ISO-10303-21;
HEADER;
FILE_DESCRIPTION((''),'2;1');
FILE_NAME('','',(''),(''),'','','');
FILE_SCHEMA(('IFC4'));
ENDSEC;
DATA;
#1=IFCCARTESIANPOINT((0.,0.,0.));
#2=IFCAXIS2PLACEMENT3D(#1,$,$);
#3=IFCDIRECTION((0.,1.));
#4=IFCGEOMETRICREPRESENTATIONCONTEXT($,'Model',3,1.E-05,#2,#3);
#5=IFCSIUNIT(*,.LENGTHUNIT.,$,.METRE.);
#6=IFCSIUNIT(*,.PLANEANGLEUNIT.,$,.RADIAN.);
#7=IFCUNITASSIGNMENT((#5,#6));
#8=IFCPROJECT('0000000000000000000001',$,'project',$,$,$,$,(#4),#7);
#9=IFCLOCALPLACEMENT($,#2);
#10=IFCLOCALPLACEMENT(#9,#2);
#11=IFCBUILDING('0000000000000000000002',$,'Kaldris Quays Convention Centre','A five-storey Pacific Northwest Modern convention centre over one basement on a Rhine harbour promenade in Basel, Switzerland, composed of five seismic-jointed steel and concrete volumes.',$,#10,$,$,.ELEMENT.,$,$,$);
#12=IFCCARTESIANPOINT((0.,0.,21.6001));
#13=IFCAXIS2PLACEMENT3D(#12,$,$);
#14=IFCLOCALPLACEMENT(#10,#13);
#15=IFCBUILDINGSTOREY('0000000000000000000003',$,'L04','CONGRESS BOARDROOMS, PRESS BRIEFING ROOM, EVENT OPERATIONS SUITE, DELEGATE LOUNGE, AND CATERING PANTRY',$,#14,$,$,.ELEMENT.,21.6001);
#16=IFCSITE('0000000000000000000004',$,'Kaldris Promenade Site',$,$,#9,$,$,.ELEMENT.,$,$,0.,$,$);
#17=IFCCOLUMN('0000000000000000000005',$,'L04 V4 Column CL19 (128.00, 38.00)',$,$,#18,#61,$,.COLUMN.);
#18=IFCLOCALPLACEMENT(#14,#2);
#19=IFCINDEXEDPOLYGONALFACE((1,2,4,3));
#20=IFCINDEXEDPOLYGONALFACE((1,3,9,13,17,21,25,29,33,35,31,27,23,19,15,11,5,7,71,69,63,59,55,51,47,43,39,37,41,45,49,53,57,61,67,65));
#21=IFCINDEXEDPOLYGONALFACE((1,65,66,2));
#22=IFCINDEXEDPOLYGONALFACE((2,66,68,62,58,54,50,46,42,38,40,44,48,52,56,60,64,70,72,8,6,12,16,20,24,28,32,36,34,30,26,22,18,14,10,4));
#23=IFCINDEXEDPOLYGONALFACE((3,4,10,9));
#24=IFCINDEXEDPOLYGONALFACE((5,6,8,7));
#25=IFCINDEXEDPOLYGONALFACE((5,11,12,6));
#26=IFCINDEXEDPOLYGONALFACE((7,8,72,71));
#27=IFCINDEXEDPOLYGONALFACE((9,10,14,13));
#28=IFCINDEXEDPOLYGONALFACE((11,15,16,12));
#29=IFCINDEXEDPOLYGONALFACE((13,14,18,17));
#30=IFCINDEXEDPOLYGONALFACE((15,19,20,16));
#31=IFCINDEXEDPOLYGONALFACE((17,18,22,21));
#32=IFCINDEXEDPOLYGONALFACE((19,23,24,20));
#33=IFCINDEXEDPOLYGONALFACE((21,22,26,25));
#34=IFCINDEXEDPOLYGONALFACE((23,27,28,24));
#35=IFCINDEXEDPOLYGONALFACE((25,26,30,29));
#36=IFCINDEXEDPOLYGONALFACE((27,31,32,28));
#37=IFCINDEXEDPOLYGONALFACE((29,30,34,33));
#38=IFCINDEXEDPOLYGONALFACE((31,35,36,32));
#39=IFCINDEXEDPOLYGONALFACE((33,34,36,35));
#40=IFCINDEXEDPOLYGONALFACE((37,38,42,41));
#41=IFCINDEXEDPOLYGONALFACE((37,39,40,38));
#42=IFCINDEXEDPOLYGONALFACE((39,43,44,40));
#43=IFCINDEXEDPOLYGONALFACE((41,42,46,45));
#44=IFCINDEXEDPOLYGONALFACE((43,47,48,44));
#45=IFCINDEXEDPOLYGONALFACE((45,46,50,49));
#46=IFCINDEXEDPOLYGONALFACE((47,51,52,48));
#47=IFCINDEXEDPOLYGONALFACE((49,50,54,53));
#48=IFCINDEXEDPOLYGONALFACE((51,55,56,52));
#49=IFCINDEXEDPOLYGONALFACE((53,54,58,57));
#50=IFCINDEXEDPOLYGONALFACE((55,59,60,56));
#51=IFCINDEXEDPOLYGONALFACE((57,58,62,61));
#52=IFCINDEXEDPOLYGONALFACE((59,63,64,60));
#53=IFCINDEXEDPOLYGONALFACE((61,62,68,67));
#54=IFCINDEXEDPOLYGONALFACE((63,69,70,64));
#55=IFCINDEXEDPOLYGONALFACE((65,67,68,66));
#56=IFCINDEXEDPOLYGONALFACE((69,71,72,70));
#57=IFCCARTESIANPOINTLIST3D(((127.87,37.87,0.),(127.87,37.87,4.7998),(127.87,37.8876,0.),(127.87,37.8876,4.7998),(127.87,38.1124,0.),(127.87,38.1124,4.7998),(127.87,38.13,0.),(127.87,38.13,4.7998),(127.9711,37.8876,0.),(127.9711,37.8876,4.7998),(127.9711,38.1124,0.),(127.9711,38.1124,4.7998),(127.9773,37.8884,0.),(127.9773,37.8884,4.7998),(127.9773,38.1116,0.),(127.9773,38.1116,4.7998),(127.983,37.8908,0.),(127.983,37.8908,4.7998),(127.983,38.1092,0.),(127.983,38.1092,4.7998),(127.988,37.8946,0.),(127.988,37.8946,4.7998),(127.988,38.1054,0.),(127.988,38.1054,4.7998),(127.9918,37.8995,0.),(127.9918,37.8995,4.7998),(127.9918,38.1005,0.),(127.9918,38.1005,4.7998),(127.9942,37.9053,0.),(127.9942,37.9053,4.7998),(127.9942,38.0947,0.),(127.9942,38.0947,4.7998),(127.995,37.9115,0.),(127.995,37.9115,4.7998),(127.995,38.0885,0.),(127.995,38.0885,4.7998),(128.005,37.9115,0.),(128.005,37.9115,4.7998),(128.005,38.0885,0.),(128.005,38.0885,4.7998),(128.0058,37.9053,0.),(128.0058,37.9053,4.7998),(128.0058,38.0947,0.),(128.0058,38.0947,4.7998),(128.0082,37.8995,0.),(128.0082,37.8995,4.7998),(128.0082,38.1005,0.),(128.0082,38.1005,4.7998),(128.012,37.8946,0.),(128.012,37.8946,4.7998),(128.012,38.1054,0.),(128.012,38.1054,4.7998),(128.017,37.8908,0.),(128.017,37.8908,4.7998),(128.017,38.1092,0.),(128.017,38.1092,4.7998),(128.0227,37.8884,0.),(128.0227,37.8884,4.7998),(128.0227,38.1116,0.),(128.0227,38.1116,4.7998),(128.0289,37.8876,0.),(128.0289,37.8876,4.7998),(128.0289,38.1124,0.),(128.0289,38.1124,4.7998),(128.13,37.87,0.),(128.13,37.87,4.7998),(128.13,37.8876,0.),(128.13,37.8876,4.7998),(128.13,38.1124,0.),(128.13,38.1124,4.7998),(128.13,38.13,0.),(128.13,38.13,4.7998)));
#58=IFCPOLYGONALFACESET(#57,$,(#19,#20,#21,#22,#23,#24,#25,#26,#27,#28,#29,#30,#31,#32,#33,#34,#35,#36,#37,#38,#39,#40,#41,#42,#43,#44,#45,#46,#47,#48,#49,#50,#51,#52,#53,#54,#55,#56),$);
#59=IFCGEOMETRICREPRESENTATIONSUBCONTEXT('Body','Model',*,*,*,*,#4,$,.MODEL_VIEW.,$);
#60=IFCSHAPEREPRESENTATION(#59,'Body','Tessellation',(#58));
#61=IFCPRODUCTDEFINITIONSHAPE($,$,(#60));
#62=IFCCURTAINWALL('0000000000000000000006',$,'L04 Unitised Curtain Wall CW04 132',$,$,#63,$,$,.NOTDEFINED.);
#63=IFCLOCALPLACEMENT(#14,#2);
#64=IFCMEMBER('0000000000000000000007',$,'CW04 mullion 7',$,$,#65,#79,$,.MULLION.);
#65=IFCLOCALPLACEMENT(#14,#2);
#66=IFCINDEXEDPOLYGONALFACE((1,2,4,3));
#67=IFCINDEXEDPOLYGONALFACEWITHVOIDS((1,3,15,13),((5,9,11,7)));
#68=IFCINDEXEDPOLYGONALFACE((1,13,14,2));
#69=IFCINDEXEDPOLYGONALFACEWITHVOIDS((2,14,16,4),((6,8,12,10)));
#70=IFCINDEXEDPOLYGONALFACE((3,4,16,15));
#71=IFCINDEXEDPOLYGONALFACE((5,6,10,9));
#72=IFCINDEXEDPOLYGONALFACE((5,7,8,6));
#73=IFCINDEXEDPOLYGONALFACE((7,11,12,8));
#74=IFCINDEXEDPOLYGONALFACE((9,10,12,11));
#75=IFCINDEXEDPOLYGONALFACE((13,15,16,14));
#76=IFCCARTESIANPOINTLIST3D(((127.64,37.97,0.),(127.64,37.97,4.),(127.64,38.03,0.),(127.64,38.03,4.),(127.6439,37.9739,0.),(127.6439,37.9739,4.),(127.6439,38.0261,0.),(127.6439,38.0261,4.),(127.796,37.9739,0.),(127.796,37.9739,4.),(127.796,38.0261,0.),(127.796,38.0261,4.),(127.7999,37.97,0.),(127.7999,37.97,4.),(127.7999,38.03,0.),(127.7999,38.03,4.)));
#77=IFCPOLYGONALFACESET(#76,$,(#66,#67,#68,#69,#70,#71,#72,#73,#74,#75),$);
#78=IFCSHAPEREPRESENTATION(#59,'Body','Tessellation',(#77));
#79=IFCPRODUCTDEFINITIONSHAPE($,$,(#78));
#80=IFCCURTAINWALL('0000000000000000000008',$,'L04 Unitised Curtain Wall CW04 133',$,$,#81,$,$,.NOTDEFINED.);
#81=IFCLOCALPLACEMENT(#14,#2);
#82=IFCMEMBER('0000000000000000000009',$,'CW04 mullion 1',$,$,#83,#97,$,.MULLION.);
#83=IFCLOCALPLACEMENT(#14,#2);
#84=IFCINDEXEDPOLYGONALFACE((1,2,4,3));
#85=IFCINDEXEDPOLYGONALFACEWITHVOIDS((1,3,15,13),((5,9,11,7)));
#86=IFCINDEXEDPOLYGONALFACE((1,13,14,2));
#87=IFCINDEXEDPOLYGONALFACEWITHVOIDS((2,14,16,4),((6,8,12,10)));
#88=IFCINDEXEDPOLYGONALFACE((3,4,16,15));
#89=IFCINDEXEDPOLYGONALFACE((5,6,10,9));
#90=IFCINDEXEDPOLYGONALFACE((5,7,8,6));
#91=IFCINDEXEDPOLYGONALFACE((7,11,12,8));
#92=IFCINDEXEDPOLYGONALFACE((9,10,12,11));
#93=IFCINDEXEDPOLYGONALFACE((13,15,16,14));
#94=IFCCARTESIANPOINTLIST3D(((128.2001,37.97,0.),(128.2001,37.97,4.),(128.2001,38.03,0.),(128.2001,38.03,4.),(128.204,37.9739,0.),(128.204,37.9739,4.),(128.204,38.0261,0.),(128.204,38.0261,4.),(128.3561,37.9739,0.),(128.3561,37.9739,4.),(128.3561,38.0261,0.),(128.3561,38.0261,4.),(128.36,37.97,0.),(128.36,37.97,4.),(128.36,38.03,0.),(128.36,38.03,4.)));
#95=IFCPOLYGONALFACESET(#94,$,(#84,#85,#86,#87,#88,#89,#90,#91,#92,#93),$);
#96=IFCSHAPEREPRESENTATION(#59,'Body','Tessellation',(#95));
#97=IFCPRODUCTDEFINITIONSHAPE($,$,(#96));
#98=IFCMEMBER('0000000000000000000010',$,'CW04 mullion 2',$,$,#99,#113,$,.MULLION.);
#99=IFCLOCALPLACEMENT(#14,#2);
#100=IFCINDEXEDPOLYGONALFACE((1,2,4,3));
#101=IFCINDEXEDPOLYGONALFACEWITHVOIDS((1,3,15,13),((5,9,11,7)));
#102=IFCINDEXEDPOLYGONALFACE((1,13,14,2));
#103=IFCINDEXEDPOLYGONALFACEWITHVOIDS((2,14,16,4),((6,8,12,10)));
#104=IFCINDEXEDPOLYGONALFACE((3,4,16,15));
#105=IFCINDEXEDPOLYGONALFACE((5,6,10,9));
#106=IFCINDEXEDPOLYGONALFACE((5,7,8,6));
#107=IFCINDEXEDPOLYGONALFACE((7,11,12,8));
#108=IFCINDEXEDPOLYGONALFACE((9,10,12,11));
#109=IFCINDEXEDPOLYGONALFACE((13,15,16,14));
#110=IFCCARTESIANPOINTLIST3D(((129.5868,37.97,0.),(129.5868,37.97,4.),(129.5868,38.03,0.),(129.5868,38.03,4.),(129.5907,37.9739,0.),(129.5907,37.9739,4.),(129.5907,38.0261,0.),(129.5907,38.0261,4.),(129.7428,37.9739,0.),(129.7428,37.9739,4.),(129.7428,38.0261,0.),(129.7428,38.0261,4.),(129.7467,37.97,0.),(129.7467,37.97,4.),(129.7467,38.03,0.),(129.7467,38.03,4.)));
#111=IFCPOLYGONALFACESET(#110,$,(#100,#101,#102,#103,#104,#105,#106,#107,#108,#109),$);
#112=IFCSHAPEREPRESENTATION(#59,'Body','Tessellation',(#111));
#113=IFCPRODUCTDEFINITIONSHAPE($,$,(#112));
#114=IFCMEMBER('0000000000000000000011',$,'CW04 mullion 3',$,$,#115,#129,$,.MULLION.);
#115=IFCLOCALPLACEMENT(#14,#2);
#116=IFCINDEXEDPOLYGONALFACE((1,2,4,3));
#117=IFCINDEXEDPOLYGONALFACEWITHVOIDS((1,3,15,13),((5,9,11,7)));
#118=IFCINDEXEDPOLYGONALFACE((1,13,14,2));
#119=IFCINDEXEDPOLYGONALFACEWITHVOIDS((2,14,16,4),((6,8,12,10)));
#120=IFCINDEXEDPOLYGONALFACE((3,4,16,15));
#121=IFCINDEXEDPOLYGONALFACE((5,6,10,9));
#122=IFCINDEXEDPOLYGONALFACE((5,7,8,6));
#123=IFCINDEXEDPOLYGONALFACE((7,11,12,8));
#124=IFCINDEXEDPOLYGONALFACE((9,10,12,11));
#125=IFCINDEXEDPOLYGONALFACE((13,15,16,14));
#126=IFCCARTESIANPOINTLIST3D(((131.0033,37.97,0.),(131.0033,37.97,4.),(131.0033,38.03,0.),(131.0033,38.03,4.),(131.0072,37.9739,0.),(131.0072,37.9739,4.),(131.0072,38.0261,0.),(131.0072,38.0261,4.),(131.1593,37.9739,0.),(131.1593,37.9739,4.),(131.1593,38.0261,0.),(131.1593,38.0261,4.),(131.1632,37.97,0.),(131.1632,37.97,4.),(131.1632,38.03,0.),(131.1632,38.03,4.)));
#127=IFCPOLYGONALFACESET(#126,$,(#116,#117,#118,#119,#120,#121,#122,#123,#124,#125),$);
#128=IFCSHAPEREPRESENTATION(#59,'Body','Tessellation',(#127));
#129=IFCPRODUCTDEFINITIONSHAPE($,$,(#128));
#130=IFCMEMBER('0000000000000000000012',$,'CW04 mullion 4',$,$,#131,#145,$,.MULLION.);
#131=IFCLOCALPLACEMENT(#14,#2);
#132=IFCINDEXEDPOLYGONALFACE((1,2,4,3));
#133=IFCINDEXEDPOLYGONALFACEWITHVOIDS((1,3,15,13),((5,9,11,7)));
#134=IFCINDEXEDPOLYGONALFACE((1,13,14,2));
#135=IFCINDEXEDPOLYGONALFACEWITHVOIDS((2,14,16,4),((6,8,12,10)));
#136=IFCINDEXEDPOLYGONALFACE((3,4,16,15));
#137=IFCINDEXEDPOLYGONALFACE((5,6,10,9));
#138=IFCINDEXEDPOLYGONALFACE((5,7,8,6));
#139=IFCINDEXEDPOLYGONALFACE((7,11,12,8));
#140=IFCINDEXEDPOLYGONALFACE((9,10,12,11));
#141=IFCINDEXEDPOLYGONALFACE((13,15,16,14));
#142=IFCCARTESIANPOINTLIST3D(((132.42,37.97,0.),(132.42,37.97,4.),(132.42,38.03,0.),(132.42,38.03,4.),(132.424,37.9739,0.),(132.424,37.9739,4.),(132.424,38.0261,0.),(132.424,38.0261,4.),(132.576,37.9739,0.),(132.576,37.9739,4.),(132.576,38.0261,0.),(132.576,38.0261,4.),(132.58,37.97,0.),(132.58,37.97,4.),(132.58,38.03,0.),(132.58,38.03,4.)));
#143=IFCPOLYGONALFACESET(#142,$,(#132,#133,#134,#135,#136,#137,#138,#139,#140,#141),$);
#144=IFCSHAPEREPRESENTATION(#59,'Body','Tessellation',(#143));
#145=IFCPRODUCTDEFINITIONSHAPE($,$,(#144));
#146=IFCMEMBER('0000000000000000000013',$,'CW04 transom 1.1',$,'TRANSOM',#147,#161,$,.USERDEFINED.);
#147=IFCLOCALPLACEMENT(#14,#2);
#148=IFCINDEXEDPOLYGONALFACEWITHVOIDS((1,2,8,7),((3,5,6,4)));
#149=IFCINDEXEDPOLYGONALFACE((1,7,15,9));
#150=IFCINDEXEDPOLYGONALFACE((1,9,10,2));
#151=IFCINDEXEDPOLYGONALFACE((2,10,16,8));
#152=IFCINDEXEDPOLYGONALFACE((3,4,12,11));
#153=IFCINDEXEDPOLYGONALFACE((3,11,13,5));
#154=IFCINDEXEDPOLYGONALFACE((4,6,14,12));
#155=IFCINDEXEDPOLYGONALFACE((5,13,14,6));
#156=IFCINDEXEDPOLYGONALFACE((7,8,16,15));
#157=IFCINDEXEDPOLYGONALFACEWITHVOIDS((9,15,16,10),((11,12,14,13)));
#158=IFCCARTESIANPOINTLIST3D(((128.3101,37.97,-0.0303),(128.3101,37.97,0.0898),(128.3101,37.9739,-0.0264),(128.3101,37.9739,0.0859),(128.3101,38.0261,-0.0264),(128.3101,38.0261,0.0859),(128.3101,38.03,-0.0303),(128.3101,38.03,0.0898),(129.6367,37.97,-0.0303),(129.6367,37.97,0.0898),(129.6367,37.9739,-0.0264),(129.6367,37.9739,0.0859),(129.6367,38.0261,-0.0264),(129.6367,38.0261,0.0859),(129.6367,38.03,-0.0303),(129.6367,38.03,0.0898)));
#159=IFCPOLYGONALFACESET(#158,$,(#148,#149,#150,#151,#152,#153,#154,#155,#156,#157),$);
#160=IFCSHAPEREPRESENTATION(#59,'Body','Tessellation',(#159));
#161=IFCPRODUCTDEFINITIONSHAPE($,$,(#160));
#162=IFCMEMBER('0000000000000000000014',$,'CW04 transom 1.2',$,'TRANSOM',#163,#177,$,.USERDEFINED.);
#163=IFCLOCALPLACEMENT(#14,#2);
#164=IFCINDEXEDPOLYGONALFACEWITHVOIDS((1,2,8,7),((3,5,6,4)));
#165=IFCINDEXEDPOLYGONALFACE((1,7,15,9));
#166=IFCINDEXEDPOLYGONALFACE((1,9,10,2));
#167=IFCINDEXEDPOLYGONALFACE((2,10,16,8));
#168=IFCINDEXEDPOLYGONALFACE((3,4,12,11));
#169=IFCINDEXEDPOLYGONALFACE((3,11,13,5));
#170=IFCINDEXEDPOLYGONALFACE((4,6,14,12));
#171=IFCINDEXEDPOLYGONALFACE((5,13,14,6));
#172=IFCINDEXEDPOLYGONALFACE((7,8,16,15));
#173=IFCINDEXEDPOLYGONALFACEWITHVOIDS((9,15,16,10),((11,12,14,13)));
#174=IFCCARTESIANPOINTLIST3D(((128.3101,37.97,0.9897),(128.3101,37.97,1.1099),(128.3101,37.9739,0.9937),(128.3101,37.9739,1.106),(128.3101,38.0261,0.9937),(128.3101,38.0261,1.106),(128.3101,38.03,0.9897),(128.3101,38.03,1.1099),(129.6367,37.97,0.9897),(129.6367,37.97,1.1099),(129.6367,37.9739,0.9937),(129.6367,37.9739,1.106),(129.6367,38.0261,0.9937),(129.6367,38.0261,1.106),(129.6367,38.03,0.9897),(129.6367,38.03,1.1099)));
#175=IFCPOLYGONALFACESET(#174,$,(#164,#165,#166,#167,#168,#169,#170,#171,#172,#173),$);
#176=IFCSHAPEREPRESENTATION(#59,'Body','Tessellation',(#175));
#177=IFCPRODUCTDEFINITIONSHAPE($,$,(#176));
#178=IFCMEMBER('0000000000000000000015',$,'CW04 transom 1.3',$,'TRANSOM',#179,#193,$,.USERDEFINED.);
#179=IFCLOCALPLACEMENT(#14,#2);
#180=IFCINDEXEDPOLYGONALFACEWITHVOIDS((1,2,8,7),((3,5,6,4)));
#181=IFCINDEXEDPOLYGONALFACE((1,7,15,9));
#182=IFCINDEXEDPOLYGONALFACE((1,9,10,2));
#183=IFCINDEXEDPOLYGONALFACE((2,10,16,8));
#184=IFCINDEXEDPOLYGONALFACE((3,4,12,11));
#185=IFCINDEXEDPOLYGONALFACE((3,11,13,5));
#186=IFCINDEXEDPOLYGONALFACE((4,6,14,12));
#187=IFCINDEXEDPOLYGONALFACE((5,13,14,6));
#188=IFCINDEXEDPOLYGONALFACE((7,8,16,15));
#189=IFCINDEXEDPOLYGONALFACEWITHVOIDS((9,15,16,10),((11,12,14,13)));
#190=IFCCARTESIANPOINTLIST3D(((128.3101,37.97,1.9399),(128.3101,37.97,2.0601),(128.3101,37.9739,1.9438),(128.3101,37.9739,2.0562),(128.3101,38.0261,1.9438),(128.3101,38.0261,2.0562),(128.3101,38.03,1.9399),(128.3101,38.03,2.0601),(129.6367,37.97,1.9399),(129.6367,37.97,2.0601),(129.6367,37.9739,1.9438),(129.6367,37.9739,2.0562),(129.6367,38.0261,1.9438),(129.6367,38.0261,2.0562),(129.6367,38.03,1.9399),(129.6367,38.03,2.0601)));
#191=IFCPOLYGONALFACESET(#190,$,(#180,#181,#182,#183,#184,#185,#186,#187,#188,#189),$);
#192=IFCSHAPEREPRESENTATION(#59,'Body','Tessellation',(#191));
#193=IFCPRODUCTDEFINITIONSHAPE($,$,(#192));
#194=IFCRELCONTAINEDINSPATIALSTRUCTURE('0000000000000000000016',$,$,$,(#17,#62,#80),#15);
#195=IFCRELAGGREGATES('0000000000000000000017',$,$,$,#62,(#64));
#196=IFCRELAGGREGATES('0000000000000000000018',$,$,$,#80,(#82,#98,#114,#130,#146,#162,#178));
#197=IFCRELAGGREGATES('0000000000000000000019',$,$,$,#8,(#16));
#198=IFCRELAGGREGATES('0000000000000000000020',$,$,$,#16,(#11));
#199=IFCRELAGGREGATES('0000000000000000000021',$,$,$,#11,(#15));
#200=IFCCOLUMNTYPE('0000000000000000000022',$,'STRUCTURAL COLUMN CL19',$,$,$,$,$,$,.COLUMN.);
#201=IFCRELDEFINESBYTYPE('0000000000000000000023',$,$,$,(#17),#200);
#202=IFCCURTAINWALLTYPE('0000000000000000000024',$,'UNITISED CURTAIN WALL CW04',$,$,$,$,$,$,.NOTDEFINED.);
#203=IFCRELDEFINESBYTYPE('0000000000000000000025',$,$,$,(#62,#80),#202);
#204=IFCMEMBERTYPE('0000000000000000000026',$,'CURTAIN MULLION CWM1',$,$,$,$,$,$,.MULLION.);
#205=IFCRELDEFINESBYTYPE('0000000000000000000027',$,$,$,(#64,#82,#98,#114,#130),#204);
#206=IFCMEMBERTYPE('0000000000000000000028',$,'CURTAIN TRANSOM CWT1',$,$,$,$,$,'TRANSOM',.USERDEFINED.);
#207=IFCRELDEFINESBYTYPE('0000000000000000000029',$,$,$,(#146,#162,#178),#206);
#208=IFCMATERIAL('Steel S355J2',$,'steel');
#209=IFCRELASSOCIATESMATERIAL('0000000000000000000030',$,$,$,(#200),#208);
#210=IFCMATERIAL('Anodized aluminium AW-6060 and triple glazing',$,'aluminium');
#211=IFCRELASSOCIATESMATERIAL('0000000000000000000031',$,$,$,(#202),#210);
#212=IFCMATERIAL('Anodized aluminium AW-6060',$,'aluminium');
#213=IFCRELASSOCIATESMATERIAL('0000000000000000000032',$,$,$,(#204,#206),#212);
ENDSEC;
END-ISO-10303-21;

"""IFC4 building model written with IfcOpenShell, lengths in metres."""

from ifc_helpers import new_model, si_unit, direction, frame, origin, origin_2d, place, context, subcontext, project, spatial, hollow_rectangle, i_section, extrude, material, material_profile, profile_set, type_object, element, aggregate, save


model = new_model("IFC4")

# Units and contexts
model_context = context("Model", 3, precision=1e-05, world=origin(), true_north=direction((0.0, 1.0)))
body_context = subcontext(model_context, "Body", "Model", "MODEL_VIEW")
ifc_project = project(units=[si_unit("LENGTHUNIT", "METRE"), si_unit("PLANEANGLEUNIT", "RADIAN")], contexts=[model_context])

# Site, building, storey
site_placement = place(None, origin())
site = spatial("IfcSite", under=ifc_project, at=site_placement, Name="Kaldris Promenade Site", CompositionType="ELEMENT", RefElevation=0.0)
building_placement = place(site_placement, origin())
building = spatial("IfcBuilding", under=site, at=building_placement, Name="Kaldris Quays Convention Centre", Description="A five-storey Pacific Northwest Modern convention centre over one basement on a Rhine harbour promenade in Basel, Switzerland, composed of five seismic-jointed steel and concrete volumes.", CompositionType="ELEMENT")
storey_placement = place(building_placement, frame((0.0, 0.0, 21.6001)))
storey = spatial("IfcBuildingStorey", under=building, at=storey_placement, Name="L04", Description="CONGRESS BOARDROOMS, PRESS BRIEFING ROOM, EVENT OPERATIONS SUITE, DELEGATE LOUNGE, AND CATERING PANTRY", CompositionType="ELEMENT", Elevation=21.6001)

# Column
ifc_material_1 = material(Name="Steel S355J2", Category="steel")
ifc_material_profile_1 = material_profile(ifc_material_1, i_section(OverallWidth=0.26, OverallDepth=0.26, WebThickness=0.01, FlangeThickness=0.0176, FilletRadius=0.0239, at=origin_2d()), Name="HEB 260")
ifc_profile_set_1 = profile_set([ifc_material_profile_1], Name="Steel S355J2")
column_type = type_object("IfcColumnType", Name="STRUCTURAL COLUMN CL19", PredefinedType="COLUMN", material=ifc_profile_set_1)
column_placement = place(storey_placement, frame((128.0, 38.0, 0.0), z_axis=(0.0, 0.0, 1.0), x_axis=(1.0, 0.0, 0.0)))
element("IfcColumn", 1, at=column_placement, inside=storey, type_object=column_type, Name="L04 V4 Column CL19 (128.00, 38.00)", PredefinedType="COLUMN", context=body_context, shape_type="SweptSolid", body=[
    extrude(i_section(OverallWidth=0.26, OverallDepth=0.26, WebThickness=0.01, FlangeThickness=0.0176, FilletRadius=0.0239, at=origin_2d()), origin(), (0.0, 0.0, 1.0), 4.7998),
])

# Curtain wall, member
ifc_material_2 = material(Name="Anodized aluminium AW-6060 and triple glazing", Category="aluminium")
curtain_wall_type = type_object("IfcCurtainWallType", Name="UNITISED CURTAIN WALL CW04", PredefinedType="NOTDEFINED", material=ifc_material_2)
curtain_wall_1_placement = place(storey_placement, origin())
curtain_wall_1 = element("IfcCurtainWall", 2, at=curtain_wall_1_placement, inside=storey, type_object=curtain_wall_type, Name="L04 Unitised Curtain Wall CW04 132", PredefinedType="NOTDEFINED")
ifc_material_3 = material(Name="Anodized aluminium AW-6060", Category="aluminium")
ifc_material_profile_2 = material_profile(ifc_material_3, hollow_rectangle(XDim=0.0601, YDim=0.1599, WallThickness=0.0039, at=origin_2d()), Name="RHS 160x60x4")
ifc_profile_set_2 = profile_set([ifc_material_profile_2], Name="Anodized aluminium AW-6060")
member_type_1 = type_object("IfcMemberType", Name="CURTAIN MULLION CWM1", PredefinedType="MULLION", material=ifc_profile_set_2)
member_1_placement = place(storey_placement, frame((127.72, 38.0, 0.0), z_axis=(0.0, 0.0, 1.0), x_axis=(0.0, 1.0, 0.0)))
member_1 = element("IfcMember", 3, at=member_1_placement, type_object=member_type_1, Name="CW04 mullion 7", PredefinedType="MULLION", context=body_context, shape_type="SweptSolid", body=[
    extrude(hollow_rectangle(XDim=0.0601, YDim=0.1599, WallThickness=0.0039, at=origin_2d()), origin(), (0.0, 0.0, 1.0), 4.0),
])
aggregate(curtain_wall_1, [member_1])

# Curtain wall, members
curtain_wall_2_placement = place(storey_placement, origin())
curtain_wall_2 = element("IfcCurtainWall", 4, at=curtain_wall_2_placement, inside=storey, type_object=curtain_wall_type, Name="L04 Unitised Curtain Wall CW04 133", PredefinedType="NOTDEFINED")
member_2_placement = place(storey_placement, frame((128.28, 38.0, 0.0), z_axis=(0.0, 0.0, 1.0), x_axis=(0.0, 1.0, 0.0)))
member_2 = element("IfcMember", 5, at=member_2_placement, type_object=member_type_1, Name="CW04 mullion 1", PredefinedType="MULLION", context=body_context, shape_type="SweptSolid", body=[
    extrude(hollow_rectangle(XDim=0.0601, YDim=0.1599, WallThickness=0.0039, at=origin_2d()), origin(), (0.0, 0.0, 1.0), 4.0),
])
member_3_placement = place(storey_placement, frame((129.6667, 38.0, 0.0), z_axis=(0.0, 0.0, 1.0), x_axis=(0.0, 1.0, 0.0)))
member_3 = element("IfcMember", 6, at=member_3_placement, type_object=member_type_1, Name="CW04 mullion 2", PredefinedType="MULLION", context=body_context, shape_type="SweptSolid", body=[
    extrude(hollow_rectangle(XDim=0.0601, YDim=0.1599, WallThickness=0.0039, at=origin_2d()), origin(), (0.0, 0.0, 1.0), 4.0),
])
member_4_placement = place(storey_placement, frame((131.0833, 38.0, 0.0), z_axis=(0.0, 0.0, 1.0), x_axis=(0.0, 1.0, 0.0)))
member_4 = element("IfcMember", 7, at=member_4_placement, type_object=member_type_1, Name="CW04 mullion 3", PredefinedType="MULLION", context=body_context, shape_type="SweptSolid", body=[
    extrude(hollow_rectangle(XDim=0.0601, YDim=0.1599, WallThickness=0.0039, at=origin_2d()), origin(), (0.0, 0.0, 1.0), 4.0),
])
member_5_placement = place(storey_placement, frame((132.5, 38.0, 0.0), z_axis=(0.0, 0.0, 1.0), x_axis=(0.0, 1.0, 0.0)))
member_5 = element("IfcMember", 8, at=member_5_placement, type_object=member_type_1, Name="CW04 mullion 4", PredefinedType="MULLION", context=body_context, shape_type="SweptSolid", body=[
    extrude(hollow_rectangle(XDim=0.0601, YDim=0.1599, WallThickness=0.0039, at=origin_2d()), origin(), (0.0, 0.0, 1.0), 4.0),
])
ifc_material_profile_3 = material_profile(ifc_material_3, hollow_rectangle(XDim=0.0601, YDim=0.1201, WallThickness=0.0039, at=origin_2d()), Name="RHS 120x60x4")
ifc_profile_set_3 = profile_set([ifc_material_profile_3], Name="Anodized aluminium AW-6060")
member_type_2 = type_object("IfcMemberType", Name="CURTAIN TRANSOM CWT1", ElementType="TRANSOM", PredefinedType="USERDEFINED", material=ifc_profile_set_3)
member_6_placement = place(storey_placement, frame((128.3101, 38.0, 0.0298), z_axis=(1.0, 0.0, 0.0), x_axis=(0.0, 1.0, 0.0)))
member_6 = element("IfcMember", 9, at=member_6_placement, type_object=member_type_2, Name="CW04 transom 1.1", ObjectType="TRANSOM", PredefinedType="USERDEFINED", context=body_context, shape_type="SweptSolid", body=[
    extrude(hollow_rectangle(XDim=0.0601, YDim=0.1201, WallThickness=0.0039, at=origin_2d()), origin(), (0.0, 0.0, 1.0), 1.3267),
])
member_7_placement = place(storey_placement, frame((128.3101, 38.0, 1.0498), z_axis=(1.0, 0.0, 0.0), x_axis=(0.0, 1.0, 0.0)))
member_7 = element("IfcMember", 10, at=member_7_placement, type_object=member_type_2, Name="CW04 transom 1.2", ObjectType="TRANSOM", PredefinedType="USERDEFINED", context=body_context, shape_type="SweptSolid", body=[
    extrude(hollow_rectangle(XDim=0.0601, YDim=0.1201, WallThickness=0.0039, at=origin_2d()), origin(), (0.0, 0.0, 1.0), 1.3267),
])
member_8_placement = place(storey_placement, frame((128.3101, 38.0, 2.0), z_axis=(1.0, 0.0, 0.0), x_axis=(0.0, 1.0, 0.0)))
member_8 = element("IfcMember", 11, at=member_8_placement, type_object=member_type_2, Name="CW04 transom 1.3", ObjectType="TRANSOM", PredefinedType="USERDEFINED", context=body_context, shape_type="SweptSolid", body=[
    extrude(hollow_rectangle(XDim=0.0601, YDim=0.1201, WallThickness=0.0039, at=origin_2d()), origin(), (0.0, 0.0, 1.0), 1.3267),
])

aggregate(curtain_wall_2, [member_2, member_3, member_4, member_5, member_6, member_7, member_8])

save(model, "model.ifc")
